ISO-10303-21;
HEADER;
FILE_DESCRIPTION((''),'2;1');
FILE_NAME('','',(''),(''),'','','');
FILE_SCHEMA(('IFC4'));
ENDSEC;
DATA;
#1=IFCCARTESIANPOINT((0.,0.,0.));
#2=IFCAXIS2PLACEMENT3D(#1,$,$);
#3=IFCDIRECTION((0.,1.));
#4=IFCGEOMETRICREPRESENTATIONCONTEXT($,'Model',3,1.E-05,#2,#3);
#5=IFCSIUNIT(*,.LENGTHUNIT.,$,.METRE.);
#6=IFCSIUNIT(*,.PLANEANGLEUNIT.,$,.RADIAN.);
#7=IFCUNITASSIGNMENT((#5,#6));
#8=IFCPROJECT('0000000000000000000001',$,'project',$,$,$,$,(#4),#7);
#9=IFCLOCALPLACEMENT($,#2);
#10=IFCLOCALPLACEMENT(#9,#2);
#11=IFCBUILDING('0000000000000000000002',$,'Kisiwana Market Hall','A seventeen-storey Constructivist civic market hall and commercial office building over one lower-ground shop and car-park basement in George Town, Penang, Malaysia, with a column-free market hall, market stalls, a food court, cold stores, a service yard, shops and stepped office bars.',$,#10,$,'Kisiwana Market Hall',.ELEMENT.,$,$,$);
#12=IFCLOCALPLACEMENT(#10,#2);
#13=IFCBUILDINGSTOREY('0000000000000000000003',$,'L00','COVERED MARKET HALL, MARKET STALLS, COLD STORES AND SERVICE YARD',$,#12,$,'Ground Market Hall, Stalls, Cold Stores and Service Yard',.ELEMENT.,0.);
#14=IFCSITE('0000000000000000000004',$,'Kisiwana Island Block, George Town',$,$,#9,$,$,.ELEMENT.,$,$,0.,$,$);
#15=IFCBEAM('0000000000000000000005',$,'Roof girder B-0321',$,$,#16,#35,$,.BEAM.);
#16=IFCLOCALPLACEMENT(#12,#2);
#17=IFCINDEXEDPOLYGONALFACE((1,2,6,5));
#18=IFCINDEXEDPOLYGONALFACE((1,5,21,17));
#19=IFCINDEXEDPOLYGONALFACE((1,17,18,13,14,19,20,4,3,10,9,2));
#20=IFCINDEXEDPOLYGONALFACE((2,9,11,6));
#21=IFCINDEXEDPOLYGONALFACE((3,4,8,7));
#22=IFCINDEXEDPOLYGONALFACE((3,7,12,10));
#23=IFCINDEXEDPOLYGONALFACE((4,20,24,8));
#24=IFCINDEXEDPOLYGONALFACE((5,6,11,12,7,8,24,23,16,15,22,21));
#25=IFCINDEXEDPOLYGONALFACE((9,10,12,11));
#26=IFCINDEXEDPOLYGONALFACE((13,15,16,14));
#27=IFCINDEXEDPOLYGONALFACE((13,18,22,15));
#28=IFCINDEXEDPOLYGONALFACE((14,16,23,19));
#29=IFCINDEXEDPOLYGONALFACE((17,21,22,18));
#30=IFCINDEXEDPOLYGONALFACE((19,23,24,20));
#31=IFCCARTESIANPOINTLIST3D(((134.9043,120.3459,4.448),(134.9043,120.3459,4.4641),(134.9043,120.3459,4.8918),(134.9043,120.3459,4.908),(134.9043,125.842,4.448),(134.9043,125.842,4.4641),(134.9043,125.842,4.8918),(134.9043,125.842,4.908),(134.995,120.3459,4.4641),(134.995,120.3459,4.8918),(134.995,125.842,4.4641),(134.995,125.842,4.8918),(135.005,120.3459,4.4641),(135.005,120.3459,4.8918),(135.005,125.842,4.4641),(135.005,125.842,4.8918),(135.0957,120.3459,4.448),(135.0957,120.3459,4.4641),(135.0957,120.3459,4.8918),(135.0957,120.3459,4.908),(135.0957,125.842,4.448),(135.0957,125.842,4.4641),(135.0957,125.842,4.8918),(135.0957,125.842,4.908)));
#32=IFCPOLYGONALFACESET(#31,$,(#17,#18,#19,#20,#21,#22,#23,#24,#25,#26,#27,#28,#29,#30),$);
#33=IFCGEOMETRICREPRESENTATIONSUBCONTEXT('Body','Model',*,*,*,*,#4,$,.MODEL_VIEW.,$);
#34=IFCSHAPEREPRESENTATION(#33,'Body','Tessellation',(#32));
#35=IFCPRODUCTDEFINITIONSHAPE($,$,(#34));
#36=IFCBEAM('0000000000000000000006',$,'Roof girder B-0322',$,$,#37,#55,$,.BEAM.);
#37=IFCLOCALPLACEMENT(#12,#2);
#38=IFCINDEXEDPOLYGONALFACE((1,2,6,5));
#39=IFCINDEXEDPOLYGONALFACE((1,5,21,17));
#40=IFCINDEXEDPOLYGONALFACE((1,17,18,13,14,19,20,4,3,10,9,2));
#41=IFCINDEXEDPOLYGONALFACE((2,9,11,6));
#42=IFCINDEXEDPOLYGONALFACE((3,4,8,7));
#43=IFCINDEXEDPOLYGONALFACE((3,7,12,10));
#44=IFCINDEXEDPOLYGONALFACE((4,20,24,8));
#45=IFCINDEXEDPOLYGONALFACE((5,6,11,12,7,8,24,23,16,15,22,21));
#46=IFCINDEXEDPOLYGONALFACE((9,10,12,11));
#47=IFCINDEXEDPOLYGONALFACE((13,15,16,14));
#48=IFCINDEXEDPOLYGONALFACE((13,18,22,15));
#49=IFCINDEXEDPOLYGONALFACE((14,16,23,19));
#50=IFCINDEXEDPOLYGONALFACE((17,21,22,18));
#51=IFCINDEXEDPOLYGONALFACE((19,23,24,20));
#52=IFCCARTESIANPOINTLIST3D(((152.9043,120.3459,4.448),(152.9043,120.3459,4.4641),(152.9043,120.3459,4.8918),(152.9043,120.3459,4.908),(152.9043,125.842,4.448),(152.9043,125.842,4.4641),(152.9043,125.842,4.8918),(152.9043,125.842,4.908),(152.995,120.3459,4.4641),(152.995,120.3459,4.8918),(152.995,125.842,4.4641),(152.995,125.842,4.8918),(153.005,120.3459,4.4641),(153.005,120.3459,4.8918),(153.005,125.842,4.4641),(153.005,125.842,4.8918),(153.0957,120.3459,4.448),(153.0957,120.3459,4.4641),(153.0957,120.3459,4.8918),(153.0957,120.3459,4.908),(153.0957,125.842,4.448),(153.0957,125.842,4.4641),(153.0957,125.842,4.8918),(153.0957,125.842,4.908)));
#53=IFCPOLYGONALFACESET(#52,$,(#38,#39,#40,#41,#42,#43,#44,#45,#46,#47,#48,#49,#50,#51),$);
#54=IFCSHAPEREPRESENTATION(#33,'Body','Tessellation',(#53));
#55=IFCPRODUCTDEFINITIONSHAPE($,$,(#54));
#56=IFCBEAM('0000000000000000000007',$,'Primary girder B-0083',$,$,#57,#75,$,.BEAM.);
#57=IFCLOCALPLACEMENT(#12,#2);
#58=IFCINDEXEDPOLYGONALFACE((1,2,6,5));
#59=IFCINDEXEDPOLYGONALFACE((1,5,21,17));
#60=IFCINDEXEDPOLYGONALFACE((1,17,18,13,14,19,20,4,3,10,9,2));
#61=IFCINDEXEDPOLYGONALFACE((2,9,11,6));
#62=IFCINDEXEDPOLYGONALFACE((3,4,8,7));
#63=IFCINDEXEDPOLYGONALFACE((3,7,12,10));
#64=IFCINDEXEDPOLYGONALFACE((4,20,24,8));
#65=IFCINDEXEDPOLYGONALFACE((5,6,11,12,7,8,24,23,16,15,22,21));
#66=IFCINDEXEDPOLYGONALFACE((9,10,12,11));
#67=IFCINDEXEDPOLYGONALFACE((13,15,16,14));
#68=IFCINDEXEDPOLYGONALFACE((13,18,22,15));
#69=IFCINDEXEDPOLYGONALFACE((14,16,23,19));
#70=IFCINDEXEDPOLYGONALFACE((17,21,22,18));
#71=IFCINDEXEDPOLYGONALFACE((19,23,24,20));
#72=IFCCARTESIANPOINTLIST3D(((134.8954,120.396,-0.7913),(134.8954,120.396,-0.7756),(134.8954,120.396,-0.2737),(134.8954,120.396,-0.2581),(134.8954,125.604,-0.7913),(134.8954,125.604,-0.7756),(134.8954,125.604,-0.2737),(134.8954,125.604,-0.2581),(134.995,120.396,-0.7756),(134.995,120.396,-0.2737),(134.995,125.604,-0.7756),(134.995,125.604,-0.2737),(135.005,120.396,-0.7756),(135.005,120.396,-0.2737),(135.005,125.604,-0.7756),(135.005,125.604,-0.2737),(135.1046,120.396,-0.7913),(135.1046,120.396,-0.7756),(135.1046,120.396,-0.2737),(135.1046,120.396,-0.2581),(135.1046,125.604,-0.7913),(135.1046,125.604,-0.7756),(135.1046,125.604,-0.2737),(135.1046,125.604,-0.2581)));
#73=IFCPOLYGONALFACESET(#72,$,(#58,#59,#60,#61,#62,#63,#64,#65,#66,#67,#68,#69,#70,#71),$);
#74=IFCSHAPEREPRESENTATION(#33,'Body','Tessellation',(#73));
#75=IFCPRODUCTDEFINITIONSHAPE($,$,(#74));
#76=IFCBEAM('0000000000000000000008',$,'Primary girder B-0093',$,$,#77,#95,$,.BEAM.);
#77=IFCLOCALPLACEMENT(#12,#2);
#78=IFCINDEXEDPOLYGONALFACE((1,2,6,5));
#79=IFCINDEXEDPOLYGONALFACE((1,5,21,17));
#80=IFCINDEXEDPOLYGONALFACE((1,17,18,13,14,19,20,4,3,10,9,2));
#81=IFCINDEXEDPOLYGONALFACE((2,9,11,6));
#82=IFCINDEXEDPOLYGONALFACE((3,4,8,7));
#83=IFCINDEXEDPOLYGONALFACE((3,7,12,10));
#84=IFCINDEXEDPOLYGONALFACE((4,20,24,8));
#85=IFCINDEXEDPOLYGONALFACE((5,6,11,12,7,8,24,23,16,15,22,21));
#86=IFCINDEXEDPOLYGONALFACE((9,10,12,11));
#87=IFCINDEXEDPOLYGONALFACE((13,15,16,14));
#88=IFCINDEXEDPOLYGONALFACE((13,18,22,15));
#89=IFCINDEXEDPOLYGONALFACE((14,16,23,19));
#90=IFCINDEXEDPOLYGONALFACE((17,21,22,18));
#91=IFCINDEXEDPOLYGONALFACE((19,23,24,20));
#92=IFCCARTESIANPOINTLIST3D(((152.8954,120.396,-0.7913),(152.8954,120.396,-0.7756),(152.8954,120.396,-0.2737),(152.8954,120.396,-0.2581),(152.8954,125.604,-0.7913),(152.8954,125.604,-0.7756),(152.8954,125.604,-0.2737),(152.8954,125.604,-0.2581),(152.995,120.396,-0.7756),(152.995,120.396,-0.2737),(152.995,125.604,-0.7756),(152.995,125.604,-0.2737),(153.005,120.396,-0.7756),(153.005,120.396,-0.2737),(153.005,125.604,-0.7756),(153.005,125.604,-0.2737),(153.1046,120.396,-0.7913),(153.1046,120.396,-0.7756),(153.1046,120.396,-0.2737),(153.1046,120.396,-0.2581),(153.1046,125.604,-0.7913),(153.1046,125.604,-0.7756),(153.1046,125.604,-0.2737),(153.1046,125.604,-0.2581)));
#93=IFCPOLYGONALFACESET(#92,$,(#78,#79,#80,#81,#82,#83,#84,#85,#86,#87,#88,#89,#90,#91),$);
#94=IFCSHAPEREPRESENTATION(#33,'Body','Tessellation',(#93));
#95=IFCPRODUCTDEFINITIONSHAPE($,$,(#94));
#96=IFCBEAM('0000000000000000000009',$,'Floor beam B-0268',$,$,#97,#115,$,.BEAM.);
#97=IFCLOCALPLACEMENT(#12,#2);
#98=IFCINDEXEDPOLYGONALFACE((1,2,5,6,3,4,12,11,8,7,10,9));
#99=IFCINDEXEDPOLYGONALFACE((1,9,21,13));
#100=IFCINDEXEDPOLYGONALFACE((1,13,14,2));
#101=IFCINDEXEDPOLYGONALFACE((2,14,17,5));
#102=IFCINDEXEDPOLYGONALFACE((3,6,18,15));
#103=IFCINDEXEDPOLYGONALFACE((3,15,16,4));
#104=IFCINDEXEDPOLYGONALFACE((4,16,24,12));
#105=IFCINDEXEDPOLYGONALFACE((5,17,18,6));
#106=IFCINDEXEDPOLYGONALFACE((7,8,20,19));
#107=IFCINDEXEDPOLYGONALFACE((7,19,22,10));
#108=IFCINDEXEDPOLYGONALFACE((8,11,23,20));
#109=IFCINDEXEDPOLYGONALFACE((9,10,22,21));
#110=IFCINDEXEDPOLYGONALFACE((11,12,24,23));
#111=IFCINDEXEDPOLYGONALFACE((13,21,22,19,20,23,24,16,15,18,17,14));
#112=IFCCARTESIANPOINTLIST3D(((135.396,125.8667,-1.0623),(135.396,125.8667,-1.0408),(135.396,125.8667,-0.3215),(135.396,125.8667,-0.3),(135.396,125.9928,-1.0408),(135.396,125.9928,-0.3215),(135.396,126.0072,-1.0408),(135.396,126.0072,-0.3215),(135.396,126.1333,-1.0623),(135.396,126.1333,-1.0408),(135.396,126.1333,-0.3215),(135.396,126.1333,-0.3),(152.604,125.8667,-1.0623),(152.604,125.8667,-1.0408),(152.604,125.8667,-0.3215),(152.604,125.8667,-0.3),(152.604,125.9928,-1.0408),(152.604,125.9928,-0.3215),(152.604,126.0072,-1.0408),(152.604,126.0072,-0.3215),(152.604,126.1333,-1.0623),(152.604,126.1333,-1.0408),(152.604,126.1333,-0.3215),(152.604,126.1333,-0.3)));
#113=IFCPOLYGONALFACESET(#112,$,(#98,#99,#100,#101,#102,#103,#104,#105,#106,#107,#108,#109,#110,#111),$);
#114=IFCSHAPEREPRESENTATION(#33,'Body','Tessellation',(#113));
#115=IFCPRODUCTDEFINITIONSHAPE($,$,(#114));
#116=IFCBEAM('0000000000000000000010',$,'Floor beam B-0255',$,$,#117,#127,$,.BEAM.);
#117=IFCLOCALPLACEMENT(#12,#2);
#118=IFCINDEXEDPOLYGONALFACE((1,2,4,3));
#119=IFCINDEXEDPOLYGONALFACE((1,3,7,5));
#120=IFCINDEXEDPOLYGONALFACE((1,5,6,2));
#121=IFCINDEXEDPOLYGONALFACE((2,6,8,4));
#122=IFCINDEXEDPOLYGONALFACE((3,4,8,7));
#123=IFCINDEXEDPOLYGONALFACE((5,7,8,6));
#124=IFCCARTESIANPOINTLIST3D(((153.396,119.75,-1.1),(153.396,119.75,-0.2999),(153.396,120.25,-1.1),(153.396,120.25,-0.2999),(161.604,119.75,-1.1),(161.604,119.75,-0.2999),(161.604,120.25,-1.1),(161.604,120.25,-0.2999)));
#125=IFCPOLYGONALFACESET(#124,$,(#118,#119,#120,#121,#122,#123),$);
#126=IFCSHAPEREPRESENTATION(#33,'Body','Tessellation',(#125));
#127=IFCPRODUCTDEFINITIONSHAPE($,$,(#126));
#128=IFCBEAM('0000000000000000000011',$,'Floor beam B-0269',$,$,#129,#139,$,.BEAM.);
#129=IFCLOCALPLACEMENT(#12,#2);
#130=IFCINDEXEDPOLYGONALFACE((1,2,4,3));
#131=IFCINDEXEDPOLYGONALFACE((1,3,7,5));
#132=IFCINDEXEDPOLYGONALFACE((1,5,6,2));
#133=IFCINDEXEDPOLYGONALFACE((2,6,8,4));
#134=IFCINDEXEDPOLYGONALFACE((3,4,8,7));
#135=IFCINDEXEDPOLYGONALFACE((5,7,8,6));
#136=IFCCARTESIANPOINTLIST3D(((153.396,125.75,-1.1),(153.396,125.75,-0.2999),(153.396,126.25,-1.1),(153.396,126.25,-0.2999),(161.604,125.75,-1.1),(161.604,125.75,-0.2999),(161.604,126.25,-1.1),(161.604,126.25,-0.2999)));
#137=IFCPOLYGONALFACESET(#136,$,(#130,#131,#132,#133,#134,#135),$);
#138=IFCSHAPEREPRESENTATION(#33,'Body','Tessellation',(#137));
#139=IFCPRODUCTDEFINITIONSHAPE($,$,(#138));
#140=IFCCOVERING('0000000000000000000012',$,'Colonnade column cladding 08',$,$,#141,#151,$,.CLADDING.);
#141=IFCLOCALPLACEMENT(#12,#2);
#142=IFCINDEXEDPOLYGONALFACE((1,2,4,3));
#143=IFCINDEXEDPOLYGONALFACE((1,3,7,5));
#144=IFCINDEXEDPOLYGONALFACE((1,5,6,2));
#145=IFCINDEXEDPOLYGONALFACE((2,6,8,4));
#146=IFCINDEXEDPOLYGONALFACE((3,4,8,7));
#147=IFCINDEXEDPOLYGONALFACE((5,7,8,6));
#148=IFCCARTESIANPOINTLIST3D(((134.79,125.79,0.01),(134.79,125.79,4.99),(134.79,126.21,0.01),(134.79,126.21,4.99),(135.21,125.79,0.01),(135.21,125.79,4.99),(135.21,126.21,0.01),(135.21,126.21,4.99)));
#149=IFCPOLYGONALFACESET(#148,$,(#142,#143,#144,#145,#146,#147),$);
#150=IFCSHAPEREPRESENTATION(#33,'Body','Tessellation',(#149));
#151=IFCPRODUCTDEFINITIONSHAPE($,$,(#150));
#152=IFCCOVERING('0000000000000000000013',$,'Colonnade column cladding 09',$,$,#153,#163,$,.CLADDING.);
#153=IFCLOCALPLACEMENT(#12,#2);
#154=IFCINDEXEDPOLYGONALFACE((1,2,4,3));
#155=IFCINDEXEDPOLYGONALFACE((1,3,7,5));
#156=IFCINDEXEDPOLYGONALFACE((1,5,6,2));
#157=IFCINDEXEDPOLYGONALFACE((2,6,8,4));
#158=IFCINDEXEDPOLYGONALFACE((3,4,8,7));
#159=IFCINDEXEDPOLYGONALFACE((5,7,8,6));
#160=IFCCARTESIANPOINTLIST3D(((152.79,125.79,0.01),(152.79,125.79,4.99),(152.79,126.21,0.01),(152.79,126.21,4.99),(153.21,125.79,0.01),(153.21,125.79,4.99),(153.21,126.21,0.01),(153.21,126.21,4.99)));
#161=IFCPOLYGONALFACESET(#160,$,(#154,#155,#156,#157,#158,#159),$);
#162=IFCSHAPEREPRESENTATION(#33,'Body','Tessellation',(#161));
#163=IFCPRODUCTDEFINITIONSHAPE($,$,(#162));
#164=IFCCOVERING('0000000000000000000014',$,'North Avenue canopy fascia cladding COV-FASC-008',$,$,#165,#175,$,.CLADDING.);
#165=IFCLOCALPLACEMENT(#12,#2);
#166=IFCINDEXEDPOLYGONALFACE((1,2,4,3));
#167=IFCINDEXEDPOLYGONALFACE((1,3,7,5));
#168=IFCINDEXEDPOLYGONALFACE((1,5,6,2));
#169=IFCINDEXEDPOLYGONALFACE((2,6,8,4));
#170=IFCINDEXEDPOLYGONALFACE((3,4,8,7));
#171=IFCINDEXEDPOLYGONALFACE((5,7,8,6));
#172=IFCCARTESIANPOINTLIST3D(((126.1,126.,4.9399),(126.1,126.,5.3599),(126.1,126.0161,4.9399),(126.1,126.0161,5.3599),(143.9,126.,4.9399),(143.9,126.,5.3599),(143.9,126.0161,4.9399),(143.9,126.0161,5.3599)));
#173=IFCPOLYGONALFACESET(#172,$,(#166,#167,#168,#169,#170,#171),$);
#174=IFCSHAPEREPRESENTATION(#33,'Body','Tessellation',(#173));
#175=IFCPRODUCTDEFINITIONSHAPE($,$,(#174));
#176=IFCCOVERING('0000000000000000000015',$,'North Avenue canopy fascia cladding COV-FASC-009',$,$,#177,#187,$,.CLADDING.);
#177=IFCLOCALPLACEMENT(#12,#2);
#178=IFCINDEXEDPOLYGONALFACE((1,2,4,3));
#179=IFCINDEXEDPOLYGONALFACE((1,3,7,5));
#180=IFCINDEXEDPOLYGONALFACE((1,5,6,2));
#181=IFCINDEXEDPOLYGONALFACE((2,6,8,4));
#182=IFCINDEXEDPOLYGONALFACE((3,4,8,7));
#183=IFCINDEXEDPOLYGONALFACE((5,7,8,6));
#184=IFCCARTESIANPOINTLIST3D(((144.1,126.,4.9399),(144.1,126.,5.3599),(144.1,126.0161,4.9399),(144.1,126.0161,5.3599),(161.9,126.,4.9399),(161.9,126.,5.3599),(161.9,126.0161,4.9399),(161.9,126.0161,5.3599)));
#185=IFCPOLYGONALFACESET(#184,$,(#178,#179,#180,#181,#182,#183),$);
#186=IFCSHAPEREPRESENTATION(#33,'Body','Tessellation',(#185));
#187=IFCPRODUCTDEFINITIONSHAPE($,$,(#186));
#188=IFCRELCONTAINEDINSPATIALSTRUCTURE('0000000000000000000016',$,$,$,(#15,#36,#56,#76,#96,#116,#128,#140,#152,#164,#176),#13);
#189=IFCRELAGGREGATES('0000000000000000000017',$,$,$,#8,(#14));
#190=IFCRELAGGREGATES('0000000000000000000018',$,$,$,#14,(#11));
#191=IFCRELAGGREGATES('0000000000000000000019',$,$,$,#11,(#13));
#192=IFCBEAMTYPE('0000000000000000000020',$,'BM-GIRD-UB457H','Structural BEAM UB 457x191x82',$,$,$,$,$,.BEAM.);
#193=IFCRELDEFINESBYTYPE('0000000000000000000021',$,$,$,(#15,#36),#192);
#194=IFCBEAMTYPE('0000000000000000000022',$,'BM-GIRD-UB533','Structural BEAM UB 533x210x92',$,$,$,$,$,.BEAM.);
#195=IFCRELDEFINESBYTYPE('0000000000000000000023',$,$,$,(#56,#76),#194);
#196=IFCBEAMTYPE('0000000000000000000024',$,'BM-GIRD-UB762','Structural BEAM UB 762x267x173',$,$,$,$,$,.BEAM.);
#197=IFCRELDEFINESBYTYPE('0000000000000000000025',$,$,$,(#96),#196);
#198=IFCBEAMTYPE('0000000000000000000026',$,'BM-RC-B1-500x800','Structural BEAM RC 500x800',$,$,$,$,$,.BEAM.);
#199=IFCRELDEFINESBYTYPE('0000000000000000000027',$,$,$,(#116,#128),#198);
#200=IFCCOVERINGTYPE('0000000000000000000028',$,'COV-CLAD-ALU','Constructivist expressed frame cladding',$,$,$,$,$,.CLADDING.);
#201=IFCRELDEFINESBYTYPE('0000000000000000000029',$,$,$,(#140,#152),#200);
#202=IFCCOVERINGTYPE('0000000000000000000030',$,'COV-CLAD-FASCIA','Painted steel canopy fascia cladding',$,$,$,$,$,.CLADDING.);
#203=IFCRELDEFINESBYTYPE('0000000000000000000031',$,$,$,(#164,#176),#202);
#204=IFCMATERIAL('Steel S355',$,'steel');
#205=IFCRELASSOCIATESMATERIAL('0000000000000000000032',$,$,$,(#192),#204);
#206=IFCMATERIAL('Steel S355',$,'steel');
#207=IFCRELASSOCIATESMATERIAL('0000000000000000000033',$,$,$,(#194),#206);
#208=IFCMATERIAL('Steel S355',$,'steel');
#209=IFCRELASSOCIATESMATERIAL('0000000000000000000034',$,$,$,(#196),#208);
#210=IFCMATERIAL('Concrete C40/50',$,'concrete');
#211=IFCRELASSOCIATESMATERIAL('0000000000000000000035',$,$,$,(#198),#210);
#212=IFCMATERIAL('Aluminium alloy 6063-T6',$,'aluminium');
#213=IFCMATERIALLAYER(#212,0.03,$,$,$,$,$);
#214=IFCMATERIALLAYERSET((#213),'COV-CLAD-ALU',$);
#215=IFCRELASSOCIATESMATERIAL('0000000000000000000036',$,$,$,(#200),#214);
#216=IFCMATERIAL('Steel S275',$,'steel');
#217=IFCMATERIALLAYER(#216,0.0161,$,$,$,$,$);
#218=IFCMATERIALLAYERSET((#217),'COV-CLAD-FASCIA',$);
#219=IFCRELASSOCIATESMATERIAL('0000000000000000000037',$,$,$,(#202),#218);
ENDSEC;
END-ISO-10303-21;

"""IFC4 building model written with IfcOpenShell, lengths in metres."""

from ifc_helpers import new_model, si_unit, direction, frame, origin, origin_2d, place, context, subcontext, project, spatial, rectangle, i_section, extrude, material, layer, layer_set, material_profile, profile_set, type_object, element, save


model = new_model("IFC4")

# Units and contexts
model_context = context("Model", 3, precision=1e-05, world=origin(), true_north=direction((0.0, 1.0)))
body_context = subcontext(model_context, "Body", "Model", "MODEL_VIEW")
ifc_project = project(units=[si_unit("LENGTHUNIT", "METRE"), si_unit("PLANEANGLEUNIT", "RADIAN")], contexts=[model_context])

# Site, building, storey
site_placement = place(None, origin())
site = spatial("IfcSite", under=ifc_project, at=site_placement, Name="Kisiwana Island Block, George Town", CompositionType="ELEMENT", RefElevation=0.0)
building_placement = place(site_placement, origin())
building = spatial("IfcBuilding", under=site, at=building_placement, Name="Kisiwana Market Hall", Description="A seventeen-storey Constructivist civic market hall and commercial office building over one lower-ground shop and car-park basement in George Town, Penang, Malaysia, with a column-free market hall, market stalls, a food court, cold stores, a service yard, shops and stepped office bars.", LongName="Kisiwana Market Hall", CompositionType="ELEMENT")
storey_placement = place(building_placement, origin())
storey = spatial("IfcBuildingStorey", under=building, at=storey_placement, Name="L00", Description="COVERED MARKET HALL, MARKET STALLS, COLD STORES AND SERVICE YARD", LongName="Ground Market Hall, Stalls, Cold Stores and Service Yard", CompositionType="ELEMENT", Elevation=0.0)

# Beams
ifc_material_1 = material(Name="Steel S355", Category="steel")
ifc_material_profile_1 = material_profile(ifc_material_1, i_section(OverallWidth=0.1914, OverallDepth=0.46, WebThickness=0.01, FlangeThickness=0.0161, at=origin_2d()), Name="UB 457x191x82")
ifc_profile_set_1 = profile_set([ifc_material_profile_1], Name="Steel S355")
beam_type_1 = type_object("IfcBeamType", Name="BM-GIRD-UB457H", Description="Structural BEAM UB 457x191x82", PredefinedType="BEAM", material=ifc_profile_set_1)
for number, where, z_axis, x_axis, name in (
    (1, (135.0, 120.3459, 4.678), (0.0, 1.0, 0.0), (-1.0, 0.0, 0.0), "Roof girder B-0321"),
    (2, (153.0, 120.3459, 4.678), (0.0, 1.0, 0.0), (-1.0, 0.0, 0.0), "Roof girder B-0322"),
):
    element("IfcBeam", number, at=place(storey_placement, frame(where, z_axis=z_axis, x_axis=x_axis)), inside=storey, type_object=beam_type_1, Name=name, PredefinedType="BEAM", context=body_context, shape_type="SweptSolid", body=[
        extrude(i_section(OverallWidth=0.1914, OverallDepth=0.46, WebThickness=0.01, FlangeThickness=0.0161, at=origin_2d()), origin(), (0.0, 0.0, 1.0), 5.4961),
    ])
ifc_material_2 = material(Name="Steel S355", Category="steel")
ifc_material_profile_2 = material_profile(ifc_material_2, i_section(OverallWidth=0.2092, OverallDepth=0.5332, WebThickness=0.01, FlangeThickness=0.0156, at=origin_2d()), Name="UB 533x210x92")
ifc_profile_set_2 = profile_set([ifc_material_profile_2], Name="Steel S355")
beam_type_2 = type_object("IfcBeamType", Name="BM-GIRD-UB533", Description="Structural BEAM UB 533x210x92", PredefinedType="BEAM", material=ifc_profile_set_2)
for number, where, z_axis, x_axis, name in (
    (3, (135.0, 120.396, -0.5247), (0.0, 1.0, 0.0), (-1.0, 0.0, 0.0), "Primary girder B-0083"),
    (4, (153.0, 120.396, -0.5247), (0.0, 1.0, 0.0), (-1.0, 0.0, 0.0), "Primary girder B-0093"),
):
    element("IfcBeam", number, at=place(storey_placement, frame(where, z_axis=z_axis, x_axis=x_axis)), inside=storey, type_object=beam_type_2, Name=name, PredefinedType="BEAM", context=body_context, shape_type="SweptSolid", body=[
        extrude(i_section(OverallWidth=0.2092, OverallDepth=0.5332, WebThickness=0.01, FlangeThickness=0.0156, at=origin_2d()), origin(), (0.0, 0.0, 1.0), 5.208),
    ])
ifc_material_3 = material(Name="Steel S355", Category="steel")
ifc_material_profile_3 = material_profile(ifc_material_3, i_section(OverallWidth=0.2666, OverallDepth=0.7622, WebThickness=0.0144, FlangeThickness=0.0215, at=origin_2d()), Name="UB 762x267x173")
ifc_profile_set_3 = profile_set([ifc_material_profile_3], Name="Steel S355")
beam_type_3 = type_object("IfcBeamType", Name="BM-GIRD-UB762", Description="Structural BEAM UB 762x267x173", PredefinedType="BEAM", material=ifc_profile_set_3)
beam_1_placement = place(storey_placement, frame((135.396, 126.0, -0.6812), z_axis=(1.0, 0.0, 0.0), x_axis=(0.0, 1.0, 0.0)))
element("IfcBeam", 5, at=beam_1_placement, inside=storey, type_object=beam_type_3, Name="Floor beam B-0268", PredefinedType="BEAM", context=body_context, shape_type="SweptSolid", body=[
    extrude(i_section(OverallWidth=0.2666, OverallDepth=0.7622, WebThickness=0.0144, FlangeThickness=0.0215, at=origin_2d()), origin(), (0.0, 0.0, 1.0), 17.208),
])
ifc_material_4 = material(Name="Concrete C40/50", Category="concrete")
ifc_material_profile_4 = material_profile(ifc_material_4, rectangle(XDim=0.5, YDim=0.8, at=origin_2d()), Name="RC 500x800")
ifc_profile_set_4 = profile_set([ifc_material_profile_4], Name="Concrete C40/50")
beam_type_4 = type_object("IfcBeamType", Name="BM-RC-B1-500x800", Description="Structural BEAM RC 500x800", PredefinedType="BEAM", material=ifc_profile_set_4)
for number, where, z_axis, x_axis, name in (
    (6, (153.396, 120.0, -0.7), (1.0, 0.0, 0.0), (0.0, 1.0, 0.0), "Floor beam B-0255"),
    (7, (153.396, 126.0, -0.7), (1.0, 0.0, 0.0), (0.0, 1.0, 0.0), "Floor beam B-0269"),
):
    element("IfcBeam", number, at=place(storey_placement, frame(where, z_axis=z_axis, x_axis=x_axis)), inside=storey, type_object=beam_type_4, Name=name, PredefinedType="BEAM", context=body_context, shape_type="SweptSolid", body=[
        extrude(rectangle(XDim=0.5, YDim=0.8, at=origin_2d()), origin(), (0.0, 0.0, 1.0), 8.208),
    ])

# Coverings
ifc_material_5 = material(Name="Aluminium alloy 6063-T6", Category="aluminium")
ifc_layer_1 = layer(ifc_material_5, 0.03)
ifc_layer_set_1 = layer_set([ifc_layer_1], Name="COV-CLAD-ALU")
covering_type_1 = type_object("IfcCoveringType", Name="COV-CLAD-ALU", Description="Constructivist expressed frame cladding", PredefinedType="CLADDING", material=ifc_layer_set_1)
for number, where, z_axis, x_axis, name in (
    (8, (135.0, 126.0, 0.01), (0.0, 0.0, 1.0), (1.0, 0.0, 0.0), "Colonnade column cladding 08"),
    (9, (153.0, 126.0, 0.01), (0.0, 0.0, 1.0), (1.0, 0.0, 0.0), "Colonnade column cladding 09"),
):
    element("IfcCovering", number, at=place(storey_placement, frame(where, z_axis=z_axis, x_axis=x_axis)), inside=storey, type_object=covering_type_1, Name=name, PredefinedType="CLADDING", context=body_context, shape_type="SweptSolid", body=[
        extrude(rectangle(XDim=0.4199, YDim=0.4199, at=origin_2d()), origin(), (0.0, 0.0, 1.0), 4.98),
    ])
ifc_material_6 = material(Name="Steel S275", Category="steel")
ifc_layer_2 = layer(ifc_material_6, 0.0161)
ifc_layer_set_2 = layer_set([ifc_layer_2], Name="COV-CLAD-FASCIA")
covering_type_2 = type_object("IfcCoveringType", Name="COV-CLAD-FASCIA", Description="Painted steel canopy fascia cladding", PredefinedType="CLADDING", material=ifc_layer_set_2)
for number, where, z_axis, x_axis, name in (
    (10, (135.0, 126.0081, 4.9399), (0.0, 0.0, 1.0), (1.0, 0.0, 0.0), "North Avenue canopy fascia cladding COV-FASC-008"),
    (11, (153.0, 126.0081, 4.9399), (0.0, 0.0, 1.0), (1.0, 0.0, 0.0), "North Avenue canopy fascia cladding COV-FASC-009"),
):
    element("IfcCovering", number, at=place(storey_placement, frame(where, z_axis=z_axis, x_axis=x_axis)), inside=storey, type_object=covering_type_2, Name=name, PredefinedType="CLADDING", context=body_context, shape_type="SweptSolid", body=[
        extrude(rectangle(XDim=17.8, YDim=0.0161, at=origin_2d()), origin(), (0.0, 0.0, 1.0), 0.4199),
    ])

save(model, "model.ifc")
